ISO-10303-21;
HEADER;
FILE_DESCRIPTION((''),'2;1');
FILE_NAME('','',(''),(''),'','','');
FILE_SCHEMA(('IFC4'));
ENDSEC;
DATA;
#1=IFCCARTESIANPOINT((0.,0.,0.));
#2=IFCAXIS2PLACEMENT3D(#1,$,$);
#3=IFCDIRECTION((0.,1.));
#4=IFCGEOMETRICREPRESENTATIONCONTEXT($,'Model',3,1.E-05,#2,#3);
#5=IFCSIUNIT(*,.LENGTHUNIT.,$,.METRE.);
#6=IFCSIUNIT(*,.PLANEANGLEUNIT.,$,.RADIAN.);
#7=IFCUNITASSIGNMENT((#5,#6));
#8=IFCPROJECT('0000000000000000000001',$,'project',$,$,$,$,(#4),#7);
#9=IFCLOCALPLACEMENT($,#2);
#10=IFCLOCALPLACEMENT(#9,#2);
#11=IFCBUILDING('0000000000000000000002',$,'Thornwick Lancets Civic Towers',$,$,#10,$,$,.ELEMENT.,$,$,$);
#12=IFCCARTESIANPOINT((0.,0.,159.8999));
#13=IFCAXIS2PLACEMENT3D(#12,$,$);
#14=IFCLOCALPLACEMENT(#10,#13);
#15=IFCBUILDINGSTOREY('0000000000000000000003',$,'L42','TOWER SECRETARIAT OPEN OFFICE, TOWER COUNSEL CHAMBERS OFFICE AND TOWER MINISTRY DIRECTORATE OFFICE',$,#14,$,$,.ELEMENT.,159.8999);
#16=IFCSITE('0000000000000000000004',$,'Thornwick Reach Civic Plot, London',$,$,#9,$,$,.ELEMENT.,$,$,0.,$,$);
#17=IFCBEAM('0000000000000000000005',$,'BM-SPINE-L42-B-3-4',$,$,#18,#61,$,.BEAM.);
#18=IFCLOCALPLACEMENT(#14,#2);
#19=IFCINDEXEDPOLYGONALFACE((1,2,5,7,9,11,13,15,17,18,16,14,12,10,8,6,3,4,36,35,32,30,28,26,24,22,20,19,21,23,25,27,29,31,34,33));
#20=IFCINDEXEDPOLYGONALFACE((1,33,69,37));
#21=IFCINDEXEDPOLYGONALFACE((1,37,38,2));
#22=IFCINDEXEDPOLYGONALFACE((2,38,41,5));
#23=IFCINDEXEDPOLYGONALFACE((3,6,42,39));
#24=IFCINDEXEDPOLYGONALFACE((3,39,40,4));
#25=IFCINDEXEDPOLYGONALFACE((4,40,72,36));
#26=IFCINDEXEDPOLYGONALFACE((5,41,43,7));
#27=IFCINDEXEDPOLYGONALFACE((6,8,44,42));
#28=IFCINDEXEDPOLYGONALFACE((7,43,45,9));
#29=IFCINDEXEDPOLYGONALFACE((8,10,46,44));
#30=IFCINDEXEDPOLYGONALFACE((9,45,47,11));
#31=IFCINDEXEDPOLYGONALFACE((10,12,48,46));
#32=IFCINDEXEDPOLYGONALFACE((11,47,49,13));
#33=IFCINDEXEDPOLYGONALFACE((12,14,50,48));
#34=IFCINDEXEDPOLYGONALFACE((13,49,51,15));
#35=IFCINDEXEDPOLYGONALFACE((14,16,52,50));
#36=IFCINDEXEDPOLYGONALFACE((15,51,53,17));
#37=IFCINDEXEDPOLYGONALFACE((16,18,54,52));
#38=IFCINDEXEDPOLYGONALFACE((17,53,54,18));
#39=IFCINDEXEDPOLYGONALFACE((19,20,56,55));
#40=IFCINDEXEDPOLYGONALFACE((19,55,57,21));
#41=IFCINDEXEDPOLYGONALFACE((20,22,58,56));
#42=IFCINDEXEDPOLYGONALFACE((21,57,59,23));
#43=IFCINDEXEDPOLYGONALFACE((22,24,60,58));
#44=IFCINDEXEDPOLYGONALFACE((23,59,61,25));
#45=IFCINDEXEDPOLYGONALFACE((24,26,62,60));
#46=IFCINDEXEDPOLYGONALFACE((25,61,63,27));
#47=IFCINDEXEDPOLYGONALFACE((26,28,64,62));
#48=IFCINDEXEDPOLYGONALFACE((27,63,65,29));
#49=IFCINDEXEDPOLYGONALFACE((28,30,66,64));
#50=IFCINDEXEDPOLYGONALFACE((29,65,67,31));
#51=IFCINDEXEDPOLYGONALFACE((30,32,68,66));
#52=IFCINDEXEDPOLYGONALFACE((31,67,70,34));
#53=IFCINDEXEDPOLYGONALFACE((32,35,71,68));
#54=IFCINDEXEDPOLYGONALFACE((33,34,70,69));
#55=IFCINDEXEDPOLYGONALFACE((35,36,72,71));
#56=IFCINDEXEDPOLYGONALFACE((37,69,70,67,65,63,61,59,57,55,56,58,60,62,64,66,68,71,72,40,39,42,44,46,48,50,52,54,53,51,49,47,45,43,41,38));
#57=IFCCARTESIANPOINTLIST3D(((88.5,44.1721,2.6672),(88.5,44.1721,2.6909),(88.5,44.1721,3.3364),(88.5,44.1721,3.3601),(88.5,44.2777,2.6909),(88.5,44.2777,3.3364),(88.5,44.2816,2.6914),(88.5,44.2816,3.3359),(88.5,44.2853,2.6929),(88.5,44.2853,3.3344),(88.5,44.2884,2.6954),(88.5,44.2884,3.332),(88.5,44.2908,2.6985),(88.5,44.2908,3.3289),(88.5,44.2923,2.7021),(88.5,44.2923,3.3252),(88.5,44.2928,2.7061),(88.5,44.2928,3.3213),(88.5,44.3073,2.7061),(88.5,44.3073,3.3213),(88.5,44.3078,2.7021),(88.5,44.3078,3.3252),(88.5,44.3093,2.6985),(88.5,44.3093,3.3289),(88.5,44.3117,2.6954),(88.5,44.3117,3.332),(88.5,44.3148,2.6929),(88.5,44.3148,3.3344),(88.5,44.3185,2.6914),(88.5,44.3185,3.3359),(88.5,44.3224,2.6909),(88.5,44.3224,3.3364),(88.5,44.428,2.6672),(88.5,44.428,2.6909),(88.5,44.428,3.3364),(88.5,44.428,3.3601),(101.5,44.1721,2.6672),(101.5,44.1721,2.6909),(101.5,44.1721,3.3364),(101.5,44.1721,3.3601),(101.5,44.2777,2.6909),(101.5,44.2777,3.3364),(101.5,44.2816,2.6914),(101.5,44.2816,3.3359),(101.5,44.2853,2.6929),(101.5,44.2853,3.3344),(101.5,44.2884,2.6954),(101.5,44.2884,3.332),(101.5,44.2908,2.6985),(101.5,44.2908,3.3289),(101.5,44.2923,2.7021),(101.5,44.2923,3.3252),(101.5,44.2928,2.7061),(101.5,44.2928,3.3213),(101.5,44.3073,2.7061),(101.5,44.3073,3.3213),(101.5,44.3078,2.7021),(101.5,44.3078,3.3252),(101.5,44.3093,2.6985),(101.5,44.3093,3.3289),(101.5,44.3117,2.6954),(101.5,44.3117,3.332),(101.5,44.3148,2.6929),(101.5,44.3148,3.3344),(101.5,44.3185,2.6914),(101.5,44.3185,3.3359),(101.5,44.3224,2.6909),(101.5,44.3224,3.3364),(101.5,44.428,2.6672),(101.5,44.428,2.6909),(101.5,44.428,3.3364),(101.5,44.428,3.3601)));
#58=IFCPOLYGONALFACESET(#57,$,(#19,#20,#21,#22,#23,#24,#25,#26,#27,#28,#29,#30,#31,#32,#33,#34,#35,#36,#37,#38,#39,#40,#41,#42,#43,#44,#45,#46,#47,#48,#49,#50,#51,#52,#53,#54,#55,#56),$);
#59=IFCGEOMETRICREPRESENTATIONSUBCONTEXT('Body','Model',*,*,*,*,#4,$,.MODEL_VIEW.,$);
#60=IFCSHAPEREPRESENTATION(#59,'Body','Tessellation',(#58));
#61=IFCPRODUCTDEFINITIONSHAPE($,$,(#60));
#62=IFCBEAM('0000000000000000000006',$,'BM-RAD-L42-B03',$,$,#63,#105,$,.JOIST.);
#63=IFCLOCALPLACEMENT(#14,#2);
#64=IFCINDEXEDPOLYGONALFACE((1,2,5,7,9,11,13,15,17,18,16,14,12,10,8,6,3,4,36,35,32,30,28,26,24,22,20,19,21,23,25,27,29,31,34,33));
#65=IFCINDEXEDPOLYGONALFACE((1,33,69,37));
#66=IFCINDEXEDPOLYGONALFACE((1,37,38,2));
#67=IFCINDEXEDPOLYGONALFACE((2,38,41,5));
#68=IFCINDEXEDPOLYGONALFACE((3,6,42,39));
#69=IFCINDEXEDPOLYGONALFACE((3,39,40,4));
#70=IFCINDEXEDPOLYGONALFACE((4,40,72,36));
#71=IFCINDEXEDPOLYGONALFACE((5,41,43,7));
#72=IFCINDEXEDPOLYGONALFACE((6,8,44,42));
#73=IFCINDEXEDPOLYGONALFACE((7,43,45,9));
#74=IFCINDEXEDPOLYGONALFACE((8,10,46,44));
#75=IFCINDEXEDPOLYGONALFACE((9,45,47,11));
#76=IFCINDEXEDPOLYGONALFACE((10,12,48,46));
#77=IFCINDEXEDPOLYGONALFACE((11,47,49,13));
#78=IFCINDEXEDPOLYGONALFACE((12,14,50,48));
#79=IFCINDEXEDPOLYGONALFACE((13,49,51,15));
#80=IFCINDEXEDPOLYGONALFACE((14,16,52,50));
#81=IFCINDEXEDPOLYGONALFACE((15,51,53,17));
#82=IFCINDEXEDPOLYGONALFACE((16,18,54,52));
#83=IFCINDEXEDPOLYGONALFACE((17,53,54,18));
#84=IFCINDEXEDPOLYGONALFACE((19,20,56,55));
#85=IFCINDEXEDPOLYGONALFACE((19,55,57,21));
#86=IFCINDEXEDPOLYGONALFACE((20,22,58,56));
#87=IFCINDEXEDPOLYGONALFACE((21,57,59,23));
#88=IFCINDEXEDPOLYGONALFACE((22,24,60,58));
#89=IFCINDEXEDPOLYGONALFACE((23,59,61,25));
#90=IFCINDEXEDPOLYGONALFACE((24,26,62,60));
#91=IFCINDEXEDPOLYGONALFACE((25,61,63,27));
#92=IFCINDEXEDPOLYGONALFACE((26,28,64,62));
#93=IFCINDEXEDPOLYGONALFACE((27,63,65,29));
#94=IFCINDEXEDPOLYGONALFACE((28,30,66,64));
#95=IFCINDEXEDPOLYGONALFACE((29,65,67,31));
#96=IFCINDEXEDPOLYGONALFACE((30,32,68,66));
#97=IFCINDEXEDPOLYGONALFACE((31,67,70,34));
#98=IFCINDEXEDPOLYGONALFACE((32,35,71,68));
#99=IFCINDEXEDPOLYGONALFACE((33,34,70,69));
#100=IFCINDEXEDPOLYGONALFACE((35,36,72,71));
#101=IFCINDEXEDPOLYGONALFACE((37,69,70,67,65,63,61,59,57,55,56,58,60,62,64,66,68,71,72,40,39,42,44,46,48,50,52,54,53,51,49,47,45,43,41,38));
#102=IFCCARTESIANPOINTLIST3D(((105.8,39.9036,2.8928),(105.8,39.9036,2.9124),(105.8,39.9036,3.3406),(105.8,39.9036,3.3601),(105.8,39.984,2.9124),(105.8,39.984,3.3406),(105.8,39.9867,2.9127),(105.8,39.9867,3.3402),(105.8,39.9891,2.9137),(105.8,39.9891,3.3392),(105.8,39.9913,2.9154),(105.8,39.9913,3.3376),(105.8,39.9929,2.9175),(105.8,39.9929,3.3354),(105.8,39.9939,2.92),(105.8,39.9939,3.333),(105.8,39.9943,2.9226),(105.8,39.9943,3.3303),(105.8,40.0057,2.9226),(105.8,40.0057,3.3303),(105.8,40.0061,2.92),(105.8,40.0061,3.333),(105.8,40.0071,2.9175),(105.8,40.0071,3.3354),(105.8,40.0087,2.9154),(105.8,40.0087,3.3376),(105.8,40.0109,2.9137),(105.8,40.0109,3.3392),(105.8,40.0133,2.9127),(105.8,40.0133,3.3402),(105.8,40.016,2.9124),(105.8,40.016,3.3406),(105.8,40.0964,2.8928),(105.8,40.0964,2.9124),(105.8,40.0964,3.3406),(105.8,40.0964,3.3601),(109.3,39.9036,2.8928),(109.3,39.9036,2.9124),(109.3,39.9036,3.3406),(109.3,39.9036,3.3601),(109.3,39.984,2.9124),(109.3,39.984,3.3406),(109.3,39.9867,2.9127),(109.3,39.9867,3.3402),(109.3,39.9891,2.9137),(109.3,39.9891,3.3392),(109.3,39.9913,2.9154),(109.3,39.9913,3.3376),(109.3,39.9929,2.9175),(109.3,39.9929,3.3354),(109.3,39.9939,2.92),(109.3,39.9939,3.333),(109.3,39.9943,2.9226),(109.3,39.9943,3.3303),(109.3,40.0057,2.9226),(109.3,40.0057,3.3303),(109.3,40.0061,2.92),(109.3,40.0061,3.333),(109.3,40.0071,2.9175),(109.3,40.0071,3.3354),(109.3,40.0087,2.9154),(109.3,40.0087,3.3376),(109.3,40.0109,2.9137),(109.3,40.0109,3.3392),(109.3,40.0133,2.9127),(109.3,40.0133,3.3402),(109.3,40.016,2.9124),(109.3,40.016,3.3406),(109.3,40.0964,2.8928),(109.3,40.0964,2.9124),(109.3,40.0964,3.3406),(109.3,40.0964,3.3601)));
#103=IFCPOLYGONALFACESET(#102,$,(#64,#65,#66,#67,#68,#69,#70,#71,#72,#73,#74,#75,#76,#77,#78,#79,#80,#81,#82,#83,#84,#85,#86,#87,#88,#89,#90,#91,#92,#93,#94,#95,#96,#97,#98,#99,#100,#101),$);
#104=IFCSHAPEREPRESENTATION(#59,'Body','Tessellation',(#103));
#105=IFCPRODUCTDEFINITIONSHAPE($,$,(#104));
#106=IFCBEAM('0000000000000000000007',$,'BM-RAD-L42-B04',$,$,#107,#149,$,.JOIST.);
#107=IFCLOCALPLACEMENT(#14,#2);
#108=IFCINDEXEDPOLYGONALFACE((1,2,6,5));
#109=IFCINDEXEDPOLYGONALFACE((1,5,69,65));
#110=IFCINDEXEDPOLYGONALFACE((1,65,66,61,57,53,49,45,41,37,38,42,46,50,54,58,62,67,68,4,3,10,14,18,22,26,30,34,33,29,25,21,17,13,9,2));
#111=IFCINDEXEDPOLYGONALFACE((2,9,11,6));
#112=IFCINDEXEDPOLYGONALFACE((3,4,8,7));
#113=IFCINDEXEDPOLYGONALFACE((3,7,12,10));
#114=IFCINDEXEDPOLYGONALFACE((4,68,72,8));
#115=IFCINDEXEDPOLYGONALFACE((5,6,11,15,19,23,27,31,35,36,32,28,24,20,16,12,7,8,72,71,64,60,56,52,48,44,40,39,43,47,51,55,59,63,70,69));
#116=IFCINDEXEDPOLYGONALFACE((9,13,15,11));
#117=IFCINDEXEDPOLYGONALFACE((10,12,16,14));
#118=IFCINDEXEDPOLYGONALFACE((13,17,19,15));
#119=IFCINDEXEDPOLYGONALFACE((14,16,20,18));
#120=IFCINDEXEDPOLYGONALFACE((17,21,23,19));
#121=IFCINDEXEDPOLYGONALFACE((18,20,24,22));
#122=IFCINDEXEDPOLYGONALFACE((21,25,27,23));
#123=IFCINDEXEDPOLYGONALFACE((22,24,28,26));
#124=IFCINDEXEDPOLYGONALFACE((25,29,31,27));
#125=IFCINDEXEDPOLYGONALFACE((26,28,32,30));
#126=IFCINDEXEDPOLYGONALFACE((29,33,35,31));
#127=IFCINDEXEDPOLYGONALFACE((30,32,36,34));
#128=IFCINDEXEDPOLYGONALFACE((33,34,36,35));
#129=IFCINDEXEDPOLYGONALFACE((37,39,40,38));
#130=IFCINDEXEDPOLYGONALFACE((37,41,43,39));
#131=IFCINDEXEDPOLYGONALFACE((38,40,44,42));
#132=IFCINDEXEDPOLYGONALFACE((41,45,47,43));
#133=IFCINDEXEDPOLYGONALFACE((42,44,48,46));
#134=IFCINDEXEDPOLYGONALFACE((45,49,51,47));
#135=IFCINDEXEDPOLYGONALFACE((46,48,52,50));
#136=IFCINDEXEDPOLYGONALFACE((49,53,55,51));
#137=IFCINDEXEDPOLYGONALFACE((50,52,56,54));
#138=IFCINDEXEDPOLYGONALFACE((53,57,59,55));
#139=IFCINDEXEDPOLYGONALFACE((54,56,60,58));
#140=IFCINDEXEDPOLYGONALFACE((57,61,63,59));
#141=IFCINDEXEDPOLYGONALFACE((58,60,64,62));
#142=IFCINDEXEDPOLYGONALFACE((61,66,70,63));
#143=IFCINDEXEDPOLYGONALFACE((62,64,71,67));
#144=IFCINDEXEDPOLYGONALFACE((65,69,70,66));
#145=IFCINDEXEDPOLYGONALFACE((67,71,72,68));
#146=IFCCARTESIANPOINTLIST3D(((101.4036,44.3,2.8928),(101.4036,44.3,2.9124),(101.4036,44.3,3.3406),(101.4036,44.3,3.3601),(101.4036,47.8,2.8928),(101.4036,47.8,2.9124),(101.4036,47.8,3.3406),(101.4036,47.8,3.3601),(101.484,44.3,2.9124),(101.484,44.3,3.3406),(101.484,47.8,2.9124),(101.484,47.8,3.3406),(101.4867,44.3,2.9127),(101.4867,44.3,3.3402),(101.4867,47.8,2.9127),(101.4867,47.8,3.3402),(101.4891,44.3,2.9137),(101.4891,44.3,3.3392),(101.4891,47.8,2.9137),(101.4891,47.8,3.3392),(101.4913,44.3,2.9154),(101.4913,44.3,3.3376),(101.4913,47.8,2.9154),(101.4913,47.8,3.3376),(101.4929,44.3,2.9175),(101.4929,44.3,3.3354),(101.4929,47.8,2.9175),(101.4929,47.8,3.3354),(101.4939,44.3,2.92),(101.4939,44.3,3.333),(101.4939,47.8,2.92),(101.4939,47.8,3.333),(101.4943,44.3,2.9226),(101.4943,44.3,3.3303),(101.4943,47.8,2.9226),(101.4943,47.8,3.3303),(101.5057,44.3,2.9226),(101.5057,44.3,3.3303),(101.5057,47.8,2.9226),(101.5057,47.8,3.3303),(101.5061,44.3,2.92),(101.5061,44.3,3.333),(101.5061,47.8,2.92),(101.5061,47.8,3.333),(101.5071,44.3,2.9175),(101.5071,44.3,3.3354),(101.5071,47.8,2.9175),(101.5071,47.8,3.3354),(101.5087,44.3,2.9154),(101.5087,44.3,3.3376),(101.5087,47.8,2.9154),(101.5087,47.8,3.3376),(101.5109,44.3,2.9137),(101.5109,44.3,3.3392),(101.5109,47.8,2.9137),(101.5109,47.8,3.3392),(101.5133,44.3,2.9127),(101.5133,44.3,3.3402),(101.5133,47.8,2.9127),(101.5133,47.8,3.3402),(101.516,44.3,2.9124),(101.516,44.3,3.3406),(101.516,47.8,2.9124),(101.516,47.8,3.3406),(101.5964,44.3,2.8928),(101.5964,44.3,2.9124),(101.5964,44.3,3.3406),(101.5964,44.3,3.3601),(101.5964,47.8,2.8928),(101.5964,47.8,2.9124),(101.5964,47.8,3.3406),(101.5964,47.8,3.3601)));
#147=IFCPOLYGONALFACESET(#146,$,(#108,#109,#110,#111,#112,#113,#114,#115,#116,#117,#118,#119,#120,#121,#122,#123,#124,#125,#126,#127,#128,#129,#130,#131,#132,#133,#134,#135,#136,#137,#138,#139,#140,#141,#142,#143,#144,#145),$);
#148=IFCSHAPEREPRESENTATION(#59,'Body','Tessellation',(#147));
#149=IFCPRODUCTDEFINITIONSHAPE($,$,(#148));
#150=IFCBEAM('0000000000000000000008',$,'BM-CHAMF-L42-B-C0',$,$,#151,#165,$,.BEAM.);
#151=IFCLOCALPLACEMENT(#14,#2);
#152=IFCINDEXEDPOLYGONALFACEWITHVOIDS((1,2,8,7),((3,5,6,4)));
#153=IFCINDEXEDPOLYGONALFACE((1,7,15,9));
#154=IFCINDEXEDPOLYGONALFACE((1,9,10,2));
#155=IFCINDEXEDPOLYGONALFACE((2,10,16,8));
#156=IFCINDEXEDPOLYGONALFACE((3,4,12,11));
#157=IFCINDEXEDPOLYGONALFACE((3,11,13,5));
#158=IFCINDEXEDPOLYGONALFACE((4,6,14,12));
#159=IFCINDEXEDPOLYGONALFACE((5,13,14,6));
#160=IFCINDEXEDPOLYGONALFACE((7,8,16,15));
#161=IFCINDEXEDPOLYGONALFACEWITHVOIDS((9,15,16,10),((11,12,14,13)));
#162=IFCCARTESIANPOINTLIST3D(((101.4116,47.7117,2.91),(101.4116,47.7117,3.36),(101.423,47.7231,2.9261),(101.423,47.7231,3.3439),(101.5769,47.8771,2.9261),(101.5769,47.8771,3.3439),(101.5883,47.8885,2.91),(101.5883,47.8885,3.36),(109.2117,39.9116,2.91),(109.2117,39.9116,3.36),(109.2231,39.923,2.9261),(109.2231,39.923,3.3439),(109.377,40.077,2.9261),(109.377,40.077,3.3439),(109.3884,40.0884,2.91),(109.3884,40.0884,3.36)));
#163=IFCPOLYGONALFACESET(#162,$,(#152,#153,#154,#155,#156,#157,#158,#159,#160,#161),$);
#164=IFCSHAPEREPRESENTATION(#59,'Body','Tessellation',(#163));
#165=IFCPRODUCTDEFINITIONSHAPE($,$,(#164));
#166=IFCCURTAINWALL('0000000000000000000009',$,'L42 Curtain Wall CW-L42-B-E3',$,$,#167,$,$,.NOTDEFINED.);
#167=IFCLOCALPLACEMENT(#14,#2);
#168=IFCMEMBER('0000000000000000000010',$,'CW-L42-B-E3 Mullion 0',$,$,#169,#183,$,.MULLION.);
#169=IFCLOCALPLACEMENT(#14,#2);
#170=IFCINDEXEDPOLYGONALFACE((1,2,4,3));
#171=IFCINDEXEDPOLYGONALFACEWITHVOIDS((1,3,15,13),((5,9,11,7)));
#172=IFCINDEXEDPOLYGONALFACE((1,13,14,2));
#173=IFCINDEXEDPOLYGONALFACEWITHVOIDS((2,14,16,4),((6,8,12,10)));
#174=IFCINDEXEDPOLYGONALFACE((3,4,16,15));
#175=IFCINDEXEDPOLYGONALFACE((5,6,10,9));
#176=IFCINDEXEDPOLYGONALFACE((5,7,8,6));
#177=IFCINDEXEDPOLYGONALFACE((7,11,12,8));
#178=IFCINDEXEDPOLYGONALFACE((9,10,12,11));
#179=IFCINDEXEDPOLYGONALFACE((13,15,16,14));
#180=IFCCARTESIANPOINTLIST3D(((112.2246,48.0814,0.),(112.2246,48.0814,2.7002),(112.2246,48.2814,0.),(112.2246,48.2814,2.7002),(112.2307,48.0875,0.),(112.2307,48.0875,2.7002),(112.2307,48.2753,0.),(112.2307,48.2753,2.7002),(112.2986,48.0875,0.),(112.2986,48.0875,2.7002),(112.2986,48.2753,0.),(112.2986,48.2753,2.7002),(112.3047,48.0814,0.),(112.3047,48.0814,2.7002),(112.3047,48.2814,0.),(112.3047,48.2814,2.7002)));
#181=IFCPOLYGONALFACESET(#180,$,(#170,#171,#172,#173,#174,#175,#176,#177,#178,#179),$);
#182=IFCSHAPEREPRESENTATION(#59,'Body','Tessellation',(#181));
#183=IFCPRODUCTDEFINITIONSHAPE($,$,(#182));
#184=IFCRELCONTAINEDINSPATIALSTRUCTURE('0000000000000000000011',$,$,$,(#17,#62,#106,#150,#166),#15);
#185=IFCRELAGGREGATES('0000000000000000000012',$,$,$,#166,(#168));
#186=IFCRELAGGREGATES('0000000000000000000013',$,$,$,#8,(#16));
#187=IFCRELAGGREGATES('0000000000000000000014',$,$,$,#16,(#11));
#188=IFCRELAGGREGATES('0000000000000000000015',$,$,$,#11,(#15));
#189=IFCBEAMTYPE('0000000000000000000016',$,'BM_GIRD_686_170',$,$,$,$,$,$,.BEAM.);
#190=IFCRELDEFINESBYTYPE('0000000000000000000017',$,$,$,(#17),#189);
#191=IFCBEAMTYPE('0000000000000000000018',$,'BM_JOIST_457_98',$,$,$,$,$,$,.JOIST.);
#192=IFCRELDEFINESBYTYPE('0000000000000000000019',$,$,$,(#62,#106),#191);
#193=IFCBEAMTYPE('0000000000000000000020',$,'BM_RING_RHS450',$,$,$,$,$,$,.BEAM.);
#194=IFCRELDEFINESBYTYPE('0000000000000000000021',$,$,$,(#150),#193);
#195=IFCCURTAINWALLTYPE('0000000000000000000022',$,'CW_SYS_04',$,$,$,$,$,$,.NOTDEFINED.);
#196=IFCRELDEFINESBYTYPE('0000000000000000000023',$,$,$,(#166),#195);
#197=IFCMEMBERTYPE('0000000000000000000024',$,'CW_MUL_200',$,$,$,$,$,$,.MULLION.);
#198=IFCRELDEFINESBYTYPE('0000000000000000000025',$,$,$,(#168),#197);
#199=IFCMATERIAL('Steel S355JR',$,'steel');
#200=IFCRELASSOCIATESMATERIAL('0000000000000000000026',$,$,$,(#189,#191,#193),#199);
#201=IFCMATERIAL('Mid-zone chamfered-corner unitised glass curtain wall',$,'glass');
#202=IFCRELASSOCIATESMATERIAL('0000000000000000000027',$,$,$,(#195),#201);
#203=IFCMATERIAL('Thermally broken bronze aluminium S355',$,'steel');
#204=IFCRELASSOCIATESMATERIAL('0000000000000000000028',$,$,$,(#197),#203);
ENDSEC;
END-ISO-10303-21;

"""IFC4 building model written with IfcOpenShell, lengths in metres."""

from ifc_helpers import new_model, si_unit, direction, frame, origin, origin_2d, place, context, subcontext, project, spatial, hollow_rectangle, i_section, extrude, material, material_profile, profile_set, type_object, element, aggregate, save


model = new_model("IFC4")

# Units and contexts
model_context = context("Model", 3, precision=1e-05, world=origin(), true_north=direction((0.0, 1.0)))
body_context = subcontext(model_context, "Body", "Model", "MODEL_VIEW")
ifc_project = project(units=[si_unit("LENGTHUNIT", "METRE"), si_unit("PLANEANGLEUNIT", "RADIAN")], contexts=[model_context])

# Site, building, storey
site_placement = place(None, origin())
site = spatial("IfcSite", under=ifc_project, at=site_placement, Name="Thornwick Reach Civic Plot, London", CompositionType="ELEMENT", RefElevation=0.0)
building_placement = place(site_placement, origin())
building = spatial("IfcBuilding", under=site, at=building_placement, Name="Thornwick Lancets Civic Towers", CompositionType="ELEMENT")
storey_placement = place(building_placement, frame((0.0, 0.0, 159.8999)))
storey = spatial("IfcBuildingStorey", under=building, at=storey_placement, Name="L42", Description="TOWER SECRETARIAT OPEN OFFICE, TOWER COUNSEL CHAMBERS OFFICE AND TOWER MINISTRY DIRECTORATE OFFICE", CompositionType="ELEMENT", Elevation=159.8999)

# Beams
ifc_material_1 = material(Name="Steel S355JR", Category="steel")
ifc_material_profile_1 = material_profile(ifc_material_1, i_section(OverallWidth=0.2559, OverallDepth=0.6929, WebThickness=0.0144, FlangeThickness=0.0237, FilletRadius=0.0151, at=origin_2d()), Name="UKB 686x254x170")
ifc_profile_set_1 = profile_set([ifc_material_profile_1], Name="Steel S355JR")
beam_type_1 = type_object("IfcBeamType", Name="BM_GIRD_686_170", PredefinedType="BEAM", material=ifc_profile_set_1)
beam_1_placement = place(storey_placement, frame((101.5, 44.3, 3.0137), z_axis=(-1.0, 0.0, 0.0), x_axis=(0.0, -1.0, 0.0)))
element("IfcBeam", 1, at=beam_1_placement, inside=storey, type_object=beam_type_1, Name="BM-SPINE-L42-B-3-4", PredefinedType="BEAM", context=body_context, shape_type="SweptSolid", body=[
    extrude(i_section(OverallWidth=0.2559, OverallDepth=0.6929, WebThickness=0.0144, FlangeThickness=0.0237, FilletRadius=0.0151, at=origin_2d()), origin(), (0.0, 0.0, 1.0), 13.0),
])
ifc_material_profile_2 = material_profile(ifc_material_1, i_section(OverallWidth=0.1929, OverallDepth=0.4673, WebThickness=0.0115, FlangeThickness=0.0195, FilletRadius=0.0103, at=origin_2d()), Name="UKB 457x191x98")
ifc_profile_set_2 = profile_set([ifc_material_profile_2], Name="Steel S355JR")
beam_type_2 = type_object("IfcBeamType", Name="BM_JOIST_457_98", PredefinedType="JOIST", material=ifc_profile_set_2)
for number, where, z_axis, x_axis, name in (
    (2, (105.8, 40.0, 3.1265), (1.0, 0.0, 0.0), (0.0, 1.0, 0.0), "BM-RAD-L42-B03"),
    (3, (101.5, 44.3, 3.1265), (0.0, 1.0, 0.0), (-1.0, 0.0, 0.0), "BM-RAD-L42-B04"),
):
    element("IfcBeam", number, at=place(storey_placement, frame(where, z_axis=z_axis, x_axis=x_axis)), inside=storey, type_object=beam_type_2, Name=name, PredefinedType="JOIST", context=body_context, shape_type="SweptSolid", body=[
        extrude(i_section(OverallWidth=0.1929, OverallDepth=0.4673, WebThickness=0.0115, FlangeThickness=0.0195, FilletRadius=0.0103, at=origin_2d()), origin(), (0.0, 0.0, 1.0), 3.5),
    ])
ifc_material_profile_3 = material_profile(ifc_material_1, hollow_rectangle(XDim=0.25, YDim=0.45, WallThickness=0.0161, at=origin_2d()), Name="RHS 450x250x16")
ifc_profile_set_3 = profile_set([ifc_material_profile_3], Name="Steel S355JR")
beam_type_3 = type_object("IfcBeamType", Name="BM_RING_RHS450", PredefinedType="BEAM", material=ifc_profile_set_3)
beam_2_placement = place(storey_placement, frame((109.3, 40.0, 3.135), z_axis=(-0.707107, 0.707107, 0.0), x_axis=(-0.707107, -0.707107, 0.0)))
element("IfcBeam", 4, at=beam_2_placement, inside=storey, type_object=beam_type_3, Name="BM-CHAMF-L42-B-C0", PredefinedType="BEAM", context=body_context, shape_type="SweptSolid", body=[
    extrude(hollow_rectangle(XDim=0.25, YDim=0.45, WallThickness=0.0161, at=origin_2d()), origin(), (0.0, 0.0, 1.0), 11.031),
])

# Curtain wall, member
ifc_material_2 = material(Name="Mid-zone chamfered-corner unitised glass curtain wall", Category="glass")
curtain_wall_type = type_object("IfcCurtainWallType", Name="CW_SYS_04", PredefinedType="NOTDEFINED", material=ifc_material_2)
curtain_wall_placement = place(storey_placement, origin())
curtain_wall = element("IfcCurtainWall", 5, at=curtain_wall_placement, inside=storey, type_object=curtain_wall_type, Name="L42 Curtain Wall CW-L42-B-E3", PredefinedType="NOTDEFINED")
ifc_material_3 = material(Name="Thermally broken bronze aluminium S355", Category="steel")
ifc_material_profile_4 = material_profile(ifc_material_3, hollow_rectangle(XDim=0.0801, YDim=0.2, WallThickness=0.0061, at=origin_2d()), Name="RHS 200x80x6")
ifc_profile_set_4 = profile_set([ifc_material_profile_4], Name="Thermally broken bronze aluminium S355")
member_type_1 = type_object("IfcMemberType", Name="CW_MUL_200", PredefinedType="MULLION", material=ifc_profile_set_4)
member_1_placement = place(storey_placement, frame((112.2646, 48.1814, 0.0), z_axis=(0.0, 0.0, 1.0), x_axis=(1.0, 0.0, 0.0)))
member_1 = element("IfcMember", 6, at=member_1_placement, type_object=member_type_1, Name="CW-L42-B-E3 Mullion 0", PredefinedType="MULLION", context=body_context, shape_type="SweptSolid", body=[
    extrude(hollow_rectangle(XDim=0.0801, YDim=0.2, WallThickness=0.0061, at=origin_2d()), origin(), (0.0, 0.0, 1.0), 2.7002),
])
aggregate(curtain_wall, [member_1])

save(model, "model.ifc")
